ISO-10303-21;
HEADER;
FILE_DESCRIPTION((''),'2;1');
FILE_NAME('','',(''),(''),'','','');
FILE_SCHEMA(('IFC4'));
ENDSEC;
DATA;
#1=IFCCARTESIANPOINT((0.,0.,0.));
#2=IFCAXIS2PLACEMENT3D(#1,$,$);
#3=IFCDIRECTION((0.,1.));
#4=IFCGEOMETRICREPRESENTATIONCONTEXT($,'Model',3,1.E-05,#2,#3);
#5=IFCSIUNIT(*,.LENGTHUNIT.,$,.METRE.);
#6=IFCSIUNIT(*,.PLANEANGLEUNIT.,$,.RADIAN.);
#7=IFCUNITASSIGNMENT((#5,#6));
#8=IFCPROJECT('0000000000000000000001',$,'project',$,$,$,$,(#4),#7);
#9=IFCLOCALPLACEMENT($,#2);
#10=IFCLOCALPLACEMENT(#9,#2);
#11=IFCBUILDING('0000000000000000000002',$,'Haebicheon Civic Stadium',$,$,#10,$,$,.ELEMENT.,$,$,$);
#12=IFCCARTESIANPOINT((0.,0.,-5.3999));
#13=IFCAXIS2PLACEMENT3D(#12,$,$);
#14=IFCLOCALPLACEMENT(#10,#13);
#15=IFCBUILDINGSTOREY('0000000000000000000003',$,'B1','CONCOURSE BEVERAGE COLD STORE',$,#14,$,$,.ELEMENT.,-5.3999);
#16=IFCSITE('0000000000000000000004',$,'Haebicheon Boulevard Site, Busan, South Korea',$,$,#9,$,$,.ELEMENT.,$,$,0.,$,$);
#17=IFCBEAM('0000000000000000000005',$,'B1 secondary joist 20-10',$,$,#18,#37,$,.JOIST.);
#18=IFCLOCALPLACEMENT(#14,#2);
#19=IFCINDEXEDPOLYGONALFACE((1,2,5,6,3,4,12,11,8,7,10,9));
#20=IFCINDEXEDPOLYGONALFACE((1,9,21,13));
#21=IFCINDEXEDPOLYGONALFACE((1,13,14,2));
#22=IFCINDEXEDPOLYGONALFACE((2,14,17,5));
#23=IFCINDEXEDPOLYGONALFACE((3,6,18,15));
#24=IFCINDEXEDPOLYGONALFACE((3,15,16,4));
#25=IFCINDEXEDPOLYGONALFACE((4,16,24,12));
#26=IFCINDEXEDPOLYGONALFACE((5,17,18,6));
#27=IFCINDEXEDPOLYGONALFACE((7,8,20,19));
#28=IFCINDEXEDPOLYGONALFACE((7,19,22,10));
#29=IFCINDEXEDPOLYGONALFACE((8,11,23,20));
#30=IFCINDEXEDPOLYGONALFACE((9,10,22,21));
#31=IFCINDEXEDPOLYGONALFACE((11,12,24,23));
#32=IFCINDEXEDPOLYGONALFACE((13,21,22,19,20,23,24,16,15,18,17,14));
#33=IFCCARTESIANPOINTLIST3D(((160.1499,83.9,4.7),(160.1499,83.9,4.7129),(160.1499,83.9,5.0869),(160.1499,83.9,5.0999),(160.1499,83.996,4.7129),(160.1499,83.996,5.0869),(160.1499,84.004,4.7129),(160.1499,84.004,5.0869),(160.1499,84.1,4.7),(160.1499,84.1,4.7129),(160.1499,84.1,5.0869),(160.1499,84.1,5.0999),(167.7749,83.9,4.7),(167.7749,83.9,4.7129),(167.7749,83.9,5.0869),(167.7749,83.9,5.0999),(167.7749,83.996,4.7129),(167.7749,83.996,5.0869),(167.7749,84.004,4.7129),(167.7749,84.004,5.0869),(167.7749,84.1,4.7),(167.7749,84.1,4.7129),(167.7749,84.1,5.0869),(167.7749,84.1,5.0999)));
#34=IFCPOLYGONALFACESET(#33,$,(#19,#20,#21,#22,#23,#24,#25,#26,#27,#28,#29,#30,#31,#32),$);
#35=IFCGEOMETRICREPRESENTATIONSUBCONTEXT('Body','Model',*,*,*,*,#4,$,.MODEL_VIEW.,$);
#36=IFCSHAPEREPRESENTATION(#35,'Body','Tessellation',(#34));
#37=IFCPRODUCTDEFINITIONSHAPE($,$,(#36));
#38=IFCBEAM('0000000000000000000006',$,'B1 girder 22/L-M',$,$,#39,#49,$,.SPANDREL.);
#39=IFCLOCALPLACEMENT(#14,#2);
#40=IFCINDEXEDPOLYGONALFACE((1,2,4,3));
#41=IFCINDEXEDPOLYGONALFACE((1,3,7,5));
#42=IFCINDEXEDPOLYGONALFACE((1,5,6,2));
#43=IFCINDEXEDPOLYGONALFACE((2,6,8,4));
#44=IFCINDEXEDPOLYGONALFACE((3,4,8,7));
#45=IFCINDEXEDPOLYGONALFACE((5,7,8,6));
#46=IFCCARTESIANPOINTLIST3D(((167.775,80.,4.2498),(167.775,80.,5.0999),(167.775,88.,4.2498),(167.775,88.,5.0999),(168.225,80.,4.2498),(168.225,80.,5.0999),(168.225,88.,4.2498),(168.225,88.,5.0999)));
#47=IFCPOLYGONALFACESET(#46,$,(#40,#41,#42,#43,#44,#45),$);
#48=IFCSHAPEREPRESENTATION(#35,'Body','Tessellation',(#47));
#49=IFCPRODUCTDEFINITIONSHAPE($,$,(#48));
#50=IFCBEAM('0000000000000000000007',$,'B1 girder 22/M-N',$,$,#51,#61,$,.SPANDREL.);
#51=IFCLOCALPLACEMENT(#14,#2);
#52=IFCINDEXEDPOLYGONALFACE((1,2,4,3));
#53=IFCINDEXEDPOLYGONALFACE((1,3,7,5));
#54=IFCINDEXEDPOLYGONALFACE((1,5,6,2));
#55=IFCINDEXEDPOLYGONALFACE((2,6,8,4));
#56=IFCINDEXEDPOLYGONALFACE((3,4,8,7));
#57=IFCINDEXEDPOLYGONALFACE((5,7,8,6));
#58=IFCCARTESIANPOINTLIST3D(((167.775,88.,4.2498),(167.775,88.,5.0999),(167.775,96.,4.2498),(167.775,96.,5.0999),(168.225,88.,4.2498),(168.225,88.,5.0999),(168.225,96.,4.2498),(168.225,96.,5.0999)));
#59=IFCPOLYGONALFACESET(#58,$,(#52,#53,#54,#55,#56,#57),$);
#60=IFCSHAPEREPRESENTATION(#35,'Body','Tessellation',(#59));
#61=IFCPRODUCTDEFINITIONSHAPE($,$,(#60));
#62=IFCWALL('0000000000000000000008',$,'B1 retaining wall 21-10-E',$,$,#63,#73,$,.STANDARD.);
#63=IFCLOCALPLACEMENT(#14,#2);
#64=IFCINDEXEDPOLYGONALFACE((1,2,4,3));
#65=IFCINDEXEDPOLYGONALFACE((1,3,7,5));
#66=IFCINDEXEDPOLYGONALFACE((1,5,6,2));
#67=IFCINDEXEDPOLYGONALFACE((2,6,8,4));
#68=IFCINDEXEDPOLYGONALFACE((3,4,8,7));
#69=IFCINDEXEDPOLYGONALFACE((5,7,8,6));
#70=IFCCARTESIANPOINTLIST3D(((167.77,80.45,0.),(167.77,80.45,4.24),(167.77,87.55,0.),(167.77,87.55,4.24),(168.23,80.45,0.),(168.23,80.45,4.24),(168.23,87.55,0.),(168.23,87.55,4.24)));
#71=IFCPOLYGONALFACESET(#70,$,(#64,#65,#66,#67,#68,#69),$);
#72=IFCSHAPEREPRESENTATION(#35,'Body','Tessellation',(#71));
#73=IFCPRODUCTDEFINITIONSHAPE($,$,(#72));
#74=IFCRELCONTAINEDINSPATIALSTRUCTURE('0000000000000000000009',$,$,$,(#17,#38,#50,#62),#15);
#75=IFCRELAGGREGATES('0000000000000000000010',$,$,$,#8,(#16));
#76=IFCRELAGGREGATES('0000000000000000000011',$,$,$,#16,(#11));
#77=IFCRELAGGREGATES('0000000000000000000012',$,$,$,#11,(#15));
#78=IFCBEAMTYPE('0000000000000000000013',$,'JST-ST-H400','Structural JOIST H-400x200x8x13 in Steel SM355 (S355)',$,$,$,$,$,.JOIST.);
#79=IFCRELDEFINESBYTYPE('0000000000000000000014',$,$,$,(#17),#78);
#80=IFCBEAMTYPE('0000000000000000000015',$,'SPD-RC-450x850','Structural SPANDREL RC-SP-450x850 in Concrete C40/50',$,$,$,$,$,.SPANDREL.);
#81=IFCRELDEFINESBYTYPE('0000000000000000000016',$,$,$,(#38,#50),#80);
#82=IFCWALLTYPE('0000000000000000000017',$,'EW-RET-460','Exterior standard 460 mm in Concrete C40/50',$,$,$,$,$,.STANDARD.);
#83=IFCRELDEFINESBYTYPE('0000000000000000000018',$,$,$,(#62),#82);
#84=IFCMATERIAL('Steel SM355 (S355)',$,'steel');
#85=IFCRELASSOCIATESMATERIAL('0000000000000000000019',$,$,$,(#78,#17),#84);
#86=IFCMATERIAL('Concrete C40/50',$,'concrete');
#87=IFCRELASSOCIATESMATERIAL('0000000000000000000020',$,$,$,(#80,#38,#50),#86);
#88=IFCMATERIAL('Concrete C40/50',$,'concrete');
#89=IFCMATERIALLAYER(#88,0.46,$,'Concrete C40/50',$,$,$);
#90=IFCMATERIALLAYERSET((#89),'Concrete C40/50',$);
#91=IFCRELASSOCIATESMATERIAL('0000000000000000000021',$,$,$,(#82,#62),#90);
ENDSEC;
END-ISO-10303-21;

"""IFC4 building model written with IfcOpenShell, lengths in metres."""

from ifc_helpers import new_model, si_unit, direction, frame, frame_2d, origin, origin_2d, place, context, subcontext, project, spatial, rectangle, i_section, extrude, material, layer, layer_set, material_profile, profile_set, type_object, element, save


model = new_model("IFC4")

# Units and contexts
model_context = context("Model", 3, precision=1e-05, world=origin(), true_north=direction((0.0, 1.0)))
body_context = subcontext(model_context, "Body", "Model", "MODEL_VIEW")
ifc_project = project(units=[si_unit("LENGTHUNIT", "METRE"), si_unit("PLANEANGLEUNIT", "RADIAN")], contexts=[model_context])

# Site, building, storey
site_placement = place(None, origin())
site = spatial("IfcSite", under=ifc_project, at=site_placement, Name="Haebicheon Boulevard Site, Busan, South Korea", CompositionType="ELEMENT", RefElevation=0.0)
building_placement = place(site_placement, origin())
building = spatial("IfcBuilding", under=site, at=building_placement, Name="Haebicheon Civic Stadium", CompositionType="ELEMENT")
storey_placement = place(building_placement, frame((0.0, 0.0, -5.3999)))
storey = spatial("IfcBuildingStorey", under=building, at=storey_placement, Name="B1", Description="CONCOURSE BEVERAGE COLD STORE", CompositionType="ELEMENT", Elevation=-5.3999)

# Beams
ifc_material_1 = material(Name="Steel SM355 (S355)", Category="steel")
ifc_material_profile_1 = material_profile(ifc_material_1, i_section(OverallWidth=0.2, OverallDepth=0.3999, WebThickness=0.0081, FlangeThickness=0.0129, at=origin_2d()), Name="H-400x200x8x13")
ifc_profile_set_1 = profile_set([ifc_material_profile_1], Name="Steel SM355 (S355)")
beam_type_1 = type_object("IfcBeamType", Name="JST-ST-H400", Description="Structural JOIST H-400x200x8x13 in Steel SM355 (S355)", PredefinedType="JOIST", material=ifc_profile_set_1)
beam_1_placement = place(storey_placement, frame((160.1499, 84.0, 4.8999), z_axis=(1.0, 0.0, 0.0), x_axis=(0.0, 1.0, 0.0)))
element("IfcBeam", 1, at=beam_1_placement, inside=storey, type_object=beam_type_1, material=ifc_profile_set_1, Name="B1 secondary joist 20-10", PredefinedType="JOIST", context=body_context, shape_type="SweptSolid", body=[
    extrude(i_section(OverallWidth=0.2, OverallDepth=0.3999, WebThickness=0.0081, FlangeThickness=0.0129, at=origin_2d()), origin(), (0.0, 0.0, 1.0), 7.625),
])
ifc_material_2 = material(Name="Concrete C40/50", Category="concrete")
ifc_material_profile_2 = material_profile(ifc_material_2, rectangle(XDim=0.45, YDim=0.8501, at=origin_2d()), Name="RC-SP-450x850")
ifc_profile_set_2 = profile_set([ifc_material_profile_2], Name="Concrete C40/50")
beam_type_2 = type_object("IfcBeamType", Name="SPD-RC-450x850", Description="Structural SPANDREL RC-SP-450x850 in Concrete C40/50", PredefinedType="SPANDREL", material=ifc_profile_set_2)
for number, where, z_axis, x_axis, name in (
    (2, (168.0, 80.0, 4.6748), (0.0, 1.0, 0.0), (-1.0, 0.0, 0.0), "B1 girder 22/L-M"),
    (3, (168.0, 88.0, 4.6748), (0.0, 1.0, 0.0), (-1.0, 0.0, 0.0), "B1 girder 22/M-N"),
):
    element("IfcBeam", number, at=place(storey_placement, frame(where, z_axis=z_axis, x_axis=x_axis)), inside=storey, type_object=beam_type_2, material=ifc_profile_set_2, Name=name, PredefinedType="SPANDREL", context=body_context, shape_type="SweptSolid", body=[
        extrude(rectangle(XDim=0.45, YDim=0.8501, at=origin_2d()), origin(), (0.0, 0.0, 1.0), 8.0),
    ])

# Wall
ifc_material_3 = material(Name="Concrete C40/50", Category="concrete")
ifc_layer_1 = layer(ifc_material_3, 0.46, Name="Concrete C40/50")
ifc_layer_set_1 = layer_set([ifc_layer_1], Name="Concrete C40/50")
wall_type = type_object("IfcWallType", Name="EW-RET-460", Description="Exterior standard 460 mm in Concrete C40/50", PredefinedType="STANDARD", material=ifc_layer_set_1)
wall_placement = place(storey_placement, frame((168.0, 80.45, 0.0), z_axis=(0.0, 0.0, 1.0), x_axis=(0.0, 1.0, 0.0)))
element("IfcWall", 4, at=wall_placement, inside=storey, type_object=wall_type, material=ifc_layer_set_1, Name="B1 retaining wall 21-10-E", PredefinedType="STANDARD", context=body_context, shape_type="SweptSolid", body=[
    extrude(rectangle(XDim=7.1001, YDim=0.46, at=frame_2d((3.55, 0.0))), origin(), (0.0, 0.0, 1.0), 4.24),
])

save(model, "model.ifc")
